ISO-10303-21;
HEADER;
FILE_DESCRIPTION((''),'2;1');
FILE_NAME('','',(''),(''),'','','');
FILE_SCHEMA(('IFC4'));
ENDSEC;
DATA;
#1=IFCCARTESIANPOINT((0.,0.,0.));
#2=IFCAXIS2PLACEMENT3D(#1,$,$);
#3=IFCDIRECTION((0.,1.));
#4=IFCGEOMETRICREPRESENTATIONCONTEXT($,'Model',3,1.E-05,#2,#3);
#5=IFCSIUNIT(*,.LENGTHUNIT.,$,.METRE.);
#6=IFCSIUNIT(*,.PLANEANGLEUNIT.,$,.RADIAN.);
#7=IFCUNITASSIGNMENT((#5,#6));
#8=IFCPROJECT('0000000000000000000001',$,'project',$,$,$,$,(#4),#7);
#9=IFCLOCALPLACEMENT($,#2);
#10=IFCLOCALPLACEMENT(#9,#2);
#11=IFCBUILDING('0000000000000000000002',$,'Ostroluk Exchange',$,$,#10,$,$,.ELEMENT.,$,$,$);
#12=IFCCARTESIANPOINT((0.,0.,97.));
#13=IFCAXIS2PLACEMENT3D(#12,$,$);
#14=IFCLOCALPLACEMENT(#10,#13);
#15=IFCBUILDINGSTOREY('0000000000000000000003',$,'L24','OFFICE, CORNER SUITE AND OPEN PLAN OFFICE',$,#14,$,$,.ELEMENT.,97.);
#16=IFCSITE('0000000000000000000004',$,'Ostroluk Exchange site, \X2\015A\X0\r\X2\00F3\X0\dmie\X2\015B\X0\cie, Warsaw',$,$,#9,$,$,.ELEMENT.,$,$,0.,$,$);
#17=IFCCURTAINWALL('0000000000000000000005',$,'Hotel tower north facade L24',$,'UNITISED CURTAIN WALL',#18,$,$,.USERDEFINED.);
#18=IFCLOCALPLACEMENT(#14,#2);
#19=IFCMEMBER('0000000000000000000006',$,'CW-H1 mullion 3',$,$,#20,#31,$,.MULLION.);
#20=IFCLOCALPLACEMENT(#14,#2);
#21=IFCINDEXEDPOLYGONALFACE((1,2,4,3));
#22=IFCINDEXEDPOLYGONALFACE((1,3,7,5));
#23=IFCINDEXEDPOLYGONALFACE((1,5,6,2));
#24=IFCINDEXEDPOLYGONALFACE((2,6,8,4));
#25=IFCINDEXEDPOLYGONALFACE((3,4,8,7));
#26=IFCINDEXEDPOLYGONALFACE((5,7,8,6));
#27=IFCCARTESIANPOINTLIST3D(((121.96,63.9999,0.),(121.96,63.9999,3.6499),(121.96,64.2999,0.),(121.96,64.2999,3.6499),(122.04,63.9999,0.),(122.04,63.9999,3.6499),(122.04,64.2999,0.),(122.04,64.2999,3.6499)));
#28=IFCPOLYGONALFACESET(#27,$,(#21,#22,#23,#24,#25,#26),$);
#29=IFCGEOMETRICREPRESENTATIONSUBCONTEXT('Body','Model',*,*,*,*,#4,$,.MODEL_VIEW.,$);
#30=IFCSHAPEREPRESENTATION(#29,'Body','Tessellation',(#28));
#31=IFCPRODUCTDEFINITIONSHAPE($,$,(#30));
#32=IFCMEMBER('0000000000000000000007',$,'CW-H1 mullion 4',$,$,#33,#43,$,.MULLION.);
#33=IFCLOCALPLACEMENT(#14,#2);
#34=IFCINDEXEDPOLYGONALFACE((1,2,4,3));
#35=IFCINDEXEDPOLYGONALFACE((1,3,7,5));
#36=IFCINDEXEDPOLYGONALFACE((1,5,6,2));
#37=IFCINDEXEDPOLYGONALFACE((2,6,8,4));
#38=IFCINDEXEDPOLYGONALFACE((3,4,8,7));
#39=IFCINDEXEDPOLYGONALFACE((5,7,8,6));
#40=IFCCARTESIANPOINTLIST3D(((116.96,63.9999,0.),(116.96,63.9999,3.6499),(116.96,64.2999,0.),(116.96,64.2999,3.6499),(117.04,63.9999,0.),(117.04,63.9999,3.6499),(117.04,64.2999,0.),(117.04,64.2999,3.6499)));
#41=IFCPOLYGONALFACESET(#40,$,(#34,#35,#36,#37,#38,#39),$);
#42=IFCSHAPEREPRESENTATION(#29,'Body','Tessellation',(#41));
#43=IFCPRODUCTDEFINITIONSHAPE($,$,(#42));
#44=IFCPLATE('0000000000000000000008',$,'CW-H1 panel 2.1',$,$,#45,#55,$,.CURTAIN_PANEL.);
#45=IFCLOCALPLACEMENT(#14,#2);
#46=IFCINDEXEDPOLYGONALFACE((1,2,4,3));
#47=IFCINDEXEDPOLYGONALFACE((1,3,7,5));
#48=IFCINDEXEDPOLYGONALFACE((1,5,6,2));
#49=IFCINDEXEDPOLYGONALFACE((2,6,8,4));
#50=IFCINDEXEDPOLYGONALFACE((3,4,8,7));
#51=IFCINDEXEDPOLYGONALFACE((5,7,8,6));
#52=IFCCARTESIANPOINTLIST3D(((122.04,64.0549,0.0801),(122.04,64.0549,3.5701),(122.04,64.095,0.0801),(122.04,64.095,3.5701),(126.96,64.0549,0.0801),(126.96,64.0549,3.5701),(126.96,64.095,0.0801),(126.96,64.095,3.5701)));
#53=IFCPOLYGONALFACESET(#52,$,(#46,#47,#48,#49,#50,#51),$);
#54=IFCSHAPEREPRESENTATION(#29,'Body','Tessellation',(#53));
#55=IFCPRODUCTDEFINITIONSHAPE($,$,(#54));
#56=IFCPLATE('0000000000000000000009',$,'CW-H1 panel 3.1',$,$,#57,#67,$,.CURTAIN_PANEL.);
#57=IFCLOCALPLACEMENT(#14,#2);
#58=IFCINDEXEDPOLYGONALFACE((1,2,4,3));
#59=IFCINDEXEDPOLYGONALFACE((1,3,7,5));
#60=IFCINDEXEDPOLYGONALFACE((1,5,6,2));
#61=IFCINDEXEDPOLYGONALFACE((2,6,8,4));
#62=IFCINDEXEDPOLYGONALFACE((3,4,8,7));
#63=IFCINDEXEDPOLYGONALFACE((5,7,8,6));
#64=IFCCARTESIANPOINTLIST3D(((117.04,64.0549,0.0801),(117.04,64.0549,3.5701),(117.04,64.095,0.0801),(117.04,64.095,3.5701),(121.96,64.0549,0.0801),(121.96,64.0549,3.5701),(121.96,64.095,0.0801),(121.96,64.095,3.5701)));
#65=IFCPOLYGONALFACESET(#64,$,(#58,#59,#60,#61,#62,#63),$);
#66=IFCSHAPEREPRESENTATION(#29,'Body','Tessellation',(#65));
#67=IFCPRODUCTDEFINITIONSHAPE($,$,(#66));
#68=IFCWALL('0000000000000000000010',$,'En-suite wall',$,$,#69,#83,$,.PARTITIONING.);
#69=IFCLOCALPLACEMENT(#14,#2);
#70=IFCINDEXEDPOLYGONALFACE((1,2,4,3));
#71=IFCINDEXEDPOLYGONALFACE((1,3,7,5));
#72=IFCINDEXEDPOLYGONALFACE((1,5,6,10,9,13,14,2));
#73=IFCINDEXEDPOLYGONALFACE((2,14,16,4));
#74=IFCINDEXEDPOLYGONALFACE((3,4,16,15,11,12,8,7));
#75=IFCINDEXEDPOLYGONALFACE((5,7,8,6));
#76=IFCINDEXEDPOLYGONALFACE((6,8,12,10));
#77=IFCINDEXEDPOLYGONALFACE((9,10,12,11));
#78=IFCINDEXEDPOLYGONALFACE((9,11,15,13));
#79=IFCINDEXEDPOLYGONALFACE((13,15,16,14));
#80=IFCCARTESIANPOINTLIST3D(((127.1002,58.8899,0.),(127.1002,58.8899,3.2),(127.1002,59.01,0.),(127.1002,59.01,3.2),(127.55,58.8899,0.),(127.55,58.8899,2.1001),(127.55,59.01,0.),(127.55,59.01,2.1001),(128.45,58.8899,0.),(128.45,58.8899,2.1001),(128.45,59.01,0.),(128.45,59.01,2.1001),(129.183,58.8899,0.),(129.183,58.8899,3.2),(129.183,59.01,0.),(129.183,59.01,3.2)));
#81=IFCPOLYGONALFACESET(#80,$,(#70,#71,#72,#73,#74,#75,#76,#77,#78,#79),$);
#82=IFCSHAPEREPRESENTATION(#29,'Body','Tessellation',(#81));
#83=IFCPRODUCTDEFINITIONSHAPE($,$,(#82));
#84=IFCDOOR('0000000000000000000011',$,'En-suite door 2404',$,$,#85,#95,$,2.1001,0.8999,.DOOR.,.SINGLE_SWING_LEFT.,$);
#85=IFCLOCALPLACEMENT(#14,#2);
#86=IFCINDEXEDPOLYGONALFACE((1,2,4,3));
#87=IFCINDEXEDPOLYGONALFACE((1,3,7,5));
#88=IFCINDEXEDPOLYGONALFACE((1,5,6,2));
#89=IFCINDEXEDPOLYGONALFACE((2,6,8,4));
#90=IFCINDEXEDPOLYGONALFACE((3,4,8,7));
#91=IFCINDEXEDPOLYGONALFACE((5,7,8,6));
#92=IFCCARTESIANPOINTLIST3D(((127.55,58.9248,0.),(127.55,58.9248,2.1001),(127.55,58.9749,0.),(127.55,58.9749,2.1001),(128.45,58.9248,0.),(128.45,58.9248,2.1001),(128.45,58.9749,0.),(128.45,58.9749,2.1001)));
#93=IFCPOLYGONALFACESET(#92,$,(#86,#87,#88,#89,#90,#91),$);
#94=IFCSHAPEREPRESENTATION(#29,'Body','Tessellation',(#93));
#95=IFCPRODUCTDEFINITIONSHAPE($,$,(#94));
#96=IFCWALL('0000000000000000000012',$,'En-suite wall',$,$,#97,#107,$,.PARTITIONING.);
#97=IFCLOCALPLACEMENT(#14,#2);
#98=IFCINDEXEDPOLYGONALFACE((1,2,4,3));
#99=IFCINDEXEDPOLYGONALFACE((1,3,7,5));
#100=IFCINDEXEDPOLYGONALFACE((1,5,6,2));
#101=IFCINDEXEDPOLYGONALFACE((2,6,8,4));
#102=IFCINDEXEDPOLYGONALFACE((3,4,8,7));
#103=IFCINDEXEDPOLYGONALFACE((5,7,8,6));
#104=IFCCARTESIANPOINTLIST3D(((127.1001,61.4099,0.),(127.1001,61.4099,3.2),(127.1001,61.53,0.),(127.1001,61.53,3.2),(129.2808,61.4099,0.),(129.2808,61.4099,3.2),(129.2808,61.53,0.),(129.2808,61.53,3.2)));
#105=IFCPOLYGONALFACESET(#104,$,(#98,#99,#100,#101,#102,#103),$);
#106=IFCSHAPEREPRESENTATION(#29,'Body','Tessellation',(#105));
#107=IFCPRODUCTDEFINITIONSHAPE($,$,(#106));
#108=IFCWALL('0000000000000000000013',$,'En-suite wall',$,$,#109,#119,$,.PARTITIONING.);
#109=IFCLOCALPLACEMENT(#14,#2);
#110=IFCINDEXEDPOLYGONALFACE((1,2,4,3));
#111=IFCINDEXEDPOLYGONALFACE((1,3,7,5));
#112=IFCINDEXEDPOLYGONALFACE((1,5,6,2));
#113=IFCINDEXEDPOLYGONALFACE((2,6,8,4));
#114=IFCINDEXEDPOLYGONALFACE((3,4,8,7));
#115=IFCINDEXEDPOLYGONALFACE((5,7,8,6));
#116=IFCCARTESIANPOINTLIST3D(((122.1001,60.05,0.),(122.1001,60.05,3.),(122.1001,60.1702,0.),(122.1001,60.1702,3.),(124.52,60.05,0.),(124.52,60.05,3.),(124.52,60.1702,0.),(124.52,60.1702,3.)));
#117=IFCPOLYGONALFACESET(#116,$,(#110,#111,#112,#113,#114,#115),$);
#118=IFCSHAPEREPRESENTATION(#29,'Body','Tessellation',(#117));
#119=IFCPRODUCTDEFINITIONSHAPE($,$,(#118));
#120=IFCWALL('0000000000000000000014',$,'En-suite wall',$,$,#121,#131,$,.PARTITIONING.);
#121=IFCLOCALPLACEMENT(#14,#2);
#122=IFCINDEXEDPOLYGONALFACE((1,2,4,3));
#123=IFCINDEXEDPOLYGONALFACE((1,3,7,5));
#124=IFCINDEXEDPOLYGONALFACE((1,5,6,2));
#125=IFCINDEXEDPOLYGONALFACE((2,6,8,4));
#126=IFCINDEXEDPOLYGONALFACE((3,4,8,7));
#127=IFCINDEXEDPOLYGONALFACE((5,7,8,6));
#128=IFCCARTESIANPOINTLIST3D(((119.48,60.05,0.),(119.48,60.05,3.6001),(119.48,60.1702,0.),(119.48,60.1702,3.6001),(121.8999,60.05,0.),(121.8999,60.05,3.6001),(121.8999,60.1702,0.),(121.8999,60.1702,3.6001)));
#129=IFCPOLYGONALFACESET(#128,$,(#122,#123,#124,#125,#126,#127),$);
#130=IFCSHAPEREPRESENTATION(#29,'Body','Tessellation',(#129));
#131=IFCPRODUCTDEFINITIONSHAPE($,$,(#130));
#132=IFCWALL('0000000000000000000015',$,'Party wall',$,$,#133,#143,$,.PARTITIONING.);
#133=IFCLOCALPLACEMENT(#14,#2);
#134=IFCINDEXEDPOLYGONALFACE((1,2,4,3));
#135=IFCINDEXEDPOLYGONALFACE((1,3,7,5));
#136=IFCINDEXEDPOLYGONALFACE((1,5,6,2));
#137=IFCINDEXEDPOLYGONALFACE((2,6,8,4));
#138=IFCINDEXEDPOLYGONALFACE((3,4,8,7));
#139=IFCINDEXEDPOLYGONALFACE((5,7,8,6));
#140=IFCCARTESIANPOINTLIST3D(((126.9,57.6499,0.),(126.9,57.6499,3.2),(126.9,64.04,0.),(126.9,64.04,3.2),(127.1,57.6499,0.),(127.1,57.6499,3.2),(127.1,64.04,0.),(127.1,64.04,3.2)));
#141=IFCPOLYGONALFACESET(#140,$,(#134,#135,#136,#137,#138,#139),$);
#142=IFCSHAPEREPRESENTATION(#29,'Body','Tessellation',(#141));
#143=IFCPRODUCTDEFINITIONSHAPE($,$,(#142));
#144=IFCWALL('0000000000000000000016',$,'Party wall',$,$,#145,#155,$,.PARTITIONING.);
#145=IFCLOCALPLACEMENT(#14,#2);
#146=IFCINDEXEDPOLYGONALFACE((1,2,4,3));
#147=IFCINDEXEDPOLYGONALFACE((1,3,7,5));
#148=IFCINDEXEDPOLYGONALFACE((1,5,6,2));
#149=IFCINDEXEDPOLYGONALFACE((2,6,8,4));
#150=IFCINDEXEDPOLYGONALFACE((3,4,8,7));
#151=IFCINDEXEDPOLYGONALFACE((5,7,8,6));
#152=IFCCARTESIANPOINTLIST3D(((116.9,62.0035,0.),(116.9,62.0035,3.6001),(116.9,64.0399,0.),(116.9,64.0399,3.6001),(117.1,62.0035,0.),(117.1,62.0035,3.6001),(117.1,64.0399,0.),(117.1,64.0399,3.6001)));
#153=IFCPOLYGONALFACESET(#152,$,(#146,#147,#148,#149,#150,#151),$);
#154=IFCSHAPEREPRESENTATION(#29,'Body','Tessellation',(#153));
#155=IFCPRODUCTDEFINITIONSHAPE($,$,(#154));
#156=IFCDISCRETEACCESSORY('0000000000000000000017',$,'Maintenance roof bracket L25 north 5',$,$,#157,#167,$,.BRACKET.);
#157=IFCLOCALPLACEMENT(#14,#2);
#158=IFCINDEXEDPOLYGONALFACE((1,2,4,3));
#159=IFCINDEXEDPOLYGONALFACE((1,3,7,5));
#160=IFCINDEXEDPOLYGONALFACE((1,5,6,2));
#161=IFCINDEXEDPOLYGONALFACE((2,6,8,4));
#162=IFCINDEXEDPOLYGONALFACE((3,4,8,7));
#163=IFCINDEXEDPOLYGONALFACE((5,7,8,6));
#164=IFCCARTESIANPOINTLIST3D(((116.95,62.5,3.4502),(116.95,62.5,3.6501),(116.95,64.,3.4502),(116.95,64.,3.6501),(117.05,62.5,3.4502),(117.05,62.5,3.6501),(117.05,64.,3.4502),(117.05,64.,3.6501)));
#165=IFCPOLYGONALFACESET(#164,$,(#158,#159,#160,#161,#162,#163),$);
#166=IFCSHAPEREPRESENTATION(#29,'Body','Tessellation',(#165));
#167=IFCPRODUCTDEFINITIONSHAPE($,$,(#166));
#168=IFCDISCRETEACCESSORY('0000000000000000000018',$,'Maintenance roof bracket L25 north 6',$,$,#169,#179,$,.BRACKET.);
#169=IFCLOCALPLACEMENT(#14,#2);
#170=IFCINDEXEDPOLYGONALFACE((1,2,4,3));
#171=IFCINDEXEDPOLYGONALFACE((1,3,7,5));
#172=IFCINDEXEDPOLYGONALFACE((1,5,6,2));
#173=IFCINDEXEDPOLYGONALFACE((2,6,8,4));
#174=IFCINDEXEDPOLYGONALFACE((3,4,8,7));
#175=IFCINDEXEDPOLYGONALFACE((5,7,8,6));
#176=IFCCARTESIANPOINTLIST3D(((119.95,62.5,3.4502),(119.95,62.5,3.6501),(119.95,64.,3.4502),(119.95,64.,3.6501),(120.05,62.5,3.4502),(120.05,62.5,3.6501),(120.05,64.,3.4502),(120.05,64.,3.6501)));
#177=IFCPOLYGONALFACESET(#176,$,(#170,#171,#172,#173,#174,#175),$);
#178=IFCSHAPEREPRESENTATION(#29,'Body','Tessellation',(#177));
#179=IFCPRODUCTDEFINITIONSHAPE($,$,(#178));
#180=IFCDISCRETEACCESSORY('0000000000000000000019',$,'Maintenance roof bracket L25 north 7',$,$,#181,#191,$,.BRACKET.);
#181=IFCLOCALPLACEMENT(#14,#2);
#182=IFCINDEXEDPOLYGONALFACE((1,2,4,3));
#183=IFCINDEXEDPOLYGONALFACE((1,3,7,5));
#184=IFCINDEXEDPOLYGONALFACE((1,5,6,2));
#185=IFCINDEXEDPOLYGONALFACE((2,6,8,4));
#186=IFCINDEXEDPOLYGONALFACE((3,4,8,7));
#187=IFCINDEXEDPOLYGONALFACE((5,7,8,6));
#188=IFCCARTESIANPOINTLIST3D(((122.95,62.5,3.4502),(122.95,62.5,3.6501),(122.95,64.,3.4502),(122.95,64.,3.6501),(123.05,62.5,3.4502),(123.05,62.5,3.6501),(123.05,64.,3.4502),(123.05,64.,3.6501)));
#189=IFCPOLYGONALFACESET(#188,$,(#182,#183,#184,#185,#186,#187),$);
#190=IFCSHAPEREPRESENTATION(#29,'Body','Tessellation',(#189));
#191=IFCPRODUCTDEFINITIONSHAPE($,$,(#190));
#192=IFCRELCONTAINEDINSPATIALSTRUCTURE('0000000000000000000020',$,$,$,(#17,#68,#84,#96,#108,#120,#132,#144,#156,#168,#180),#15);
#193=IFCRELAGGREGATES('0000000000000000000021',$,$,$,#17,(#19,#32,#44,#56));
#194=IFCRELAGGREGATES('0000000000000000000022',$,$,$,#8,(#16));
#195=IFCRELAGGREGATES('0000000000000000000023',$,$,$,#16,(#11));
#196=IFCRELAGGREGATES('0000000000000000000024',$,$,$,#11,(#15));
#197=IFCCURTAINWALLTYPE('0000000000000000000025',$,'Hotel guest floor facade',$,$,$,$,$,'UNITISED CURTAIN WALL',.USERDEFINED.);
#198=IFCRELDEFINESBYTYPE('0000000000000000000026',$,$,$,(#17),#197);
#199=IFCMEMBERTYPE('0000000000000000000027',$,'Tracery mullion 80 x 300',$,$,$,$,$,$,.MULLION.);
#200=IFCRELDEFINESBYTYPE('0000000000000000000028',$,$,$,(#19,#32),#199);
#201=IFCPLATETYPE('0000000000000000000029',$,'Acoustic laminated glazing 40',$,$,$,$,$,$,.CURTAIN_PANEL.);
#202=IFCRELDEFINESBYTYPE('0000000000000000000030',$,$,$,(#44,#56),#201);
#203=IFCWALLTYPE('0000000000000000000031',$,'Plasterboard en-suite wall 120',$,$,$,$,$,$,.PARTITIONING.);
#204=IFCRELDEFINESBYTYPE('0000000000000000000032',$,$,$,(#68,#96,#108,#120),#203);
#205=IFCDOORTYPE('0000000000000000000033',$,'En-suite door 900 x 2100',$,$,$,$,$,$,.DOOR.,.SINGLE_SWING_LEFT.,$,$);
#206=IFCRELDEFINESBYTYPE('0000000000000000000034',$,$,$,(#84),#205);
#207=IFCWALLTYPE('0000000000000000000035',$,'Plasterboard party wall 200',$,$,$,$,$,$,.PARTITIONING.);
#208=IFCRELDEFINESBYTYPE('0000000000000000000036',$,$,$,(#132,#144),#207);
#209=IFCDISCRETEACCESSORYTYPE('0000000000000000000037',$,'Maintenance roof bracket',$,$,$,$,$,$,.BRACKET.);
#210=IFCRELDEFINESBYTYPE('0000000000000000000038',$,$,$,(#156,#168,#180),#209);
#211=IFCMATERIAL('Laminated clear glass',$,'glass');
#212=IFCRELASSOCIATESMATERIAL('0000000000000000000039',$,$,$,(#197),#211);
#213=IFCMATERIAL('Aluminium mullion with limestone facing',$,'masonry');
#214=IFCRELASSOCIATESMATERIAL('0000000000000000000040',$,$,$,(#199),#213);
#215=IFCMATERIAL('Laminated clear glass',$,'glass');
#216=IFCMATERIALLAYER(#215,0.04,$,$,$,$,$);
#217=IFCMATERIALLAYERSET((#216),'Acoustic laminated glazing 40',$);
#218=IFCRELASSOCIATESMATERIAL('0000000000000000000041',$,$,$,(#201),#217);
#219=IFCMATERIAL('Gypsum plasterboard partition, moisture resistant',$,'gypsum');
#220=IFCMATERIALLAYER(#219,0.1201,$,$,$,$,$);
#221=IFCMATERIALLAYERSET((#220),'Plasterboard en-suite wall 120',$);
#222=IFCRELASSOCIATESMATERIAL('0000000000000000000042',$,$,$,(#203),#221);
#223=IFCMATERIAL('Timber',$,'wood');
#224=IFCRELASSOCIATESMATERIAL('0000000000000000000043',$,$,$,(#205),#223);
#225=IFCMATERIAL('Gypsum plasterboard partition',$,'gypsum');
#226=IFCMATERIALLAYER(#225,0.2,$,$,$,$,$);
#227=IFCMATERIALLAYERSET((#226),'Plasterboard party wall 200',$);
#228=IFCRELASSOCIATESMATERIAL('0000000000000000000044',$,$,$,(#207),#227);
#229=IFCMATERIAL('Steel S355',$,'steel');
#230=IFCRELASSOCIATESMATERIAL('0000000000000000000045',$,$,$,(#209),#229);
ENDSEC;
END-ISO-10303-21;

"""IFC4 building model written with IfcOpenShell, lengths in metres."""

from ifc_helpers import new_model, si_unit, direction, frame, frame_2d, origin, origin_2d, place, context, subcontext, project, spatial, rectangle, extrude, material, layer, layer_set, material_profile, profile_set, type_object, element, fill, aggregate, save


model = new_model("IFC4")

# Units and contexts
model_context = context("Model", 3, precision=1e-05, world=origin(), true_north=direction((0.0, 1.0)))
body_context = subcontext(model_context, "Body", "Model", "MODEL_VIEW")
ifc_project = project(units=[si_unit("LENGTHUNIT", "METRE"), si_unit("PLANEANGLEUNIT", "RADIAN")], contexts=[model_context])

# Site, building, storey
site_placement = place(None, origin())
site = spatial("IfcSite", under=ifc_project, at=site_placement, Name="Ostroluk Exchange site, Śródmieście, Warsaw", CompositionType="ELEMENT", RefElevation=0.0)
building_placement = place(site_placement, origin())
building = spatial("IfcBuilding", under=site, at=building_placement, Name="Ostroluk Exchange", CompositionType="ELEMENT")
storey_placement = place(building_placement, frame((0.0, 0.0, 97.0)))
storey = spatial("IfcBuildingStorey", under=building, at=storey_placement, Name="L24", Description="OFFICE, CORNER SUITE AND OPEN PLAN OFFICE", CompositionType="ELEMENT", Elevation=97.0)

# Curtain wall, members, plates
ifc_material_1 = material(Name="Laminated clear glass", Category="glass")
curtain_wall_type = type_object("IfcCurtainWallType", Name="Hotel guest floor facade", ElementType="UNITISED CURTAIN WALL", PredefinedType="USERDEFINED", material=ifc_material_1)
curtain_wall_placement = place(storey_placement, origin())
curtain_wall = element("IfcCurtainWall", 1, at=curtain_wall_placement, inside=storey, type_object=curtain_wall_type, Name="Hotel tower north facade L24", ObjectType="UNITISED CURTAIN WALL", PredefinedType="USERDEFINED")
ifc_material_2 = material(Name="Aluminium mullion with limestone facing", Category="masonry")
ifc_material_profile_1 = material_profile(ifc_material_2, rectangle(XDim=0.3, YDim=0.0801, at=origin_2d()), Name="Tracery mullion 80 x 300")
ifc_profile_set_1 = profile_set([ifc_material_profile_1], Name="Aluminium mullion with limestone facing")
member_type_1 = type_object("IfcMemberType", Name="Tracery mullion 80 x 300", PredefinedType="MULLION", material=ifc_profile_set_1)
member_1_placement = place(storey_placement, frame((122.0, 64.1499, 0.0), z_axis=(0.0, 0.0, 1.0), x_axis=(0.0, -1.0, 0.0)))
member_1 = element("IfcMember", 2, at=member_1_placement, type_object=member_type_1, Name="CW-H1 mullion 3", PredefinedType="MULLION", context=body_context, shape_type="SweptSolid", body=[
    extrude(rectangle(XDim=0.3, YDim=0.0801, at=origin_2d()), origin(), (0.0, 0.0, 1.0), 3.6499),
])
member_2_placement = place(storey_placement, frame((117.0, 64.1499, 0.0), z_axis=(0.0, 0.0, 1.0), x_axis=(0.0, -1.0, 0.0)))
member_2 = element("IfcMember", 3, at=member_2_placement, type_object=member_type_1, Name="CW-H1 mullion 4", PredefinedType="MULLION", context=body_context, shape_type="SweptSolid", body=[
    extrude(rectangle(XDim=0.3, YDim=0.0801, at=origin_2d()), origin(), (0.0, 0.0, 1.0), 3.6499),
])
ifc_material_3 = material(Name="Laminated clear glass", Category="glass")
ifc_layer_1 = layer(ifc_material_3, 0.04)
ifc_layer_set_1 = layer_set([ifc_layer_1], Name="Acoustic laminated glazing 40")
plate_type = type_object("IfcPlateType", Name="Acoustic laminated glazing 40", PredefinedType="CURTAIN_PANEL", material=ifc_layer_set_1)
plate_1_placement = place(storey_placement, frame((124.5, 64.075, 0.0801), z_axis=(0.0, 0.0, 1.0), x_axis=(-1.0, 0.0, 0.0)))
plate_1 = element("IfcPlate", 4, at=plate_1_placement, type_object=plate_type, Name="CW-H1 panel 2.1", PredefinedType="CURTAIN_PANEL", context=body_context, shape_type="SweptSolid", body=[
    extrude(rectangle(XDim=4.9199, YDim=0.04, at=origin_2d()), origin(), (0.0, 0.0, 1.0), 3.49),
])
plate_2_placement = place(storey_placement, frame((119.5, 64.075, 0.0801), z_axis=(0.0, 0.0, 1.0), x_axis=(-1.0, 0.0, 0.0)))
plate_2 = element("IfcPlate", 5, at=plate_2_placement, type_object=plate_type, Name="CW-H1 panel 3.1", PredefinedType="CURTAIN_PANEL", context=body_context, shape_type="SweptSolid", body=[
    extrude(rectangle(XDim=4.9199, YDim=0.04, at=origin_2d()), origin(), (0.0, 0.0, 1.0), 3.49),
])
aggregate(curtain_wall, [member_1, member_2, plate_1, plate_2])

# Wall, opening, door
ifc_material_4 = material(Name="Gypsum plasterboard partition, moisture resistant", Category="gypsum")
ifc_layer_2 = layer(ifc_material_4, 0.1201)
ifc_layer_set_2 = layer_set([ifc_layer_2], Name="Plasterboard en-suite wall 120")
wall_type_1 = type_object("IfcWallType", Name="Plasterboard en-suite wall 120", PredefinedType="PARTITIONING", material=ifc_layer_set_2)
wall_1_placement = place(storey_placement, frame((127.1001, 58.95, 0.0), z_axis=(0.0, 0.0, 1.0), x_axis=(1.0, 0.0, 0.0)))
wall_1 = element("IfcWall", 6, at=wall_1_placement, inside=storey, type_object=wall_type_1, Name="En-suite wall", PredefinedType="PARTITIONING", context=body_context, shape_type="SweptSolid", body=[
    extrude(rectangle(XDim=2.0828, YDim=0.1201, at=frame_2d((1.0415, 0.0))), origin(), (0.0, 0.0, 1.0), 3.2),
])
opening_placement = place(wall_1_placement, frame((0.45, 0.0, 0.0)))
opening = element("IfcOpeningElement", 7, at=opening_placement, cuts=wall_1, PredefinedType="OPENING", context=body_context, shape_type="SweptSolid", body=[
    extrude(rectangle(XDim=0.8999, YDim=2.1001, at=frame_2d((0.45, 1.05))), frame((0.0, 0.0701, 0.0), z_axis=(0.0, -1.0, 0.0), x_axis=(1.0, 0.0, 0.0)), (0.0, 0.0, 1.0), 0.1401),
])
ifc_material_5 = material(Name="Timber", Category="wood")
door_type = type_object("IfcDoorType", Name="En-suite door 900 x 2100", OperationType="SINGLE_SWING_LEFT", PredefinedType="DOOR", material=ifc_material_5)
door_placement = place(opening_placement, origin())
door = element("IfcDoor", 8, at=door_placement, inside=storey, type_object=door_type, Name="En-suite door 2404", OperationType="SINGLE_SWING_LEFT", OverallHeight=2.1001, OverallWidth=0.8999, PredefinedType="DOOR", context=body_context, shape_type="SweptSolid", body=[
    extrude(rectangle(XDim=0.8999, YDim=2.1001, at=frame_2d((0.45, 1.05))), frame((0.0, 0.0249, 0.0), z_axis=(0.0, -1.0, 0.0), x_axis=(1.0, 0.0, 0.0)), (0.0, 0.0, 1.0), 0.05),
])
fill(opening, door)

# Walls
wall_2_placement = place(storey_placement, frame((127.1001, 61.47, 0.0), z_axis=(0.0, 0.0, 1.0), x_axis=(1.0, 0.0, 0.0)))
element("IfcWall", 9, at=wall_2_placement, inside=storey, type_object=wall_type_1, Name="En-suite wall", PredefinedType="PARTITIONING", context=body_context, shape_type="SweptSolid", body=[
    extrude(rectangle(XDim=2.1807, YDim=0.1201, at=frame_2d((1.0903, 0.0))), origin(), (0.0, 0.0, 1.0), 3.2),
])
wall_3_placement = place(storey_placement, frame((124.52, 60.1101, 0.0), z_axis=(0.0, 0.0, 1.0), x_axis=(-1.0, 0.0, 0.0)))
element("IfcWall", 10, at=wall_3_placement, inside=storey, type_object=wall_type_1, Name="En-suite wall", PredefinedType="PARTITIONING", context=body_context, shape_type="SweptSolid", body=[
    extrude(rectangle(XDim=2.4199, YDim=0.1201, at=frame_2d((1.21, 0.0))), origin(), (0.0, 0.0, 1.0), 3.0),
])
wall_4_placement = place(storey_placement, frame((121.8999, 60.1101, 0.0), z_axis=(0.0, 0.0, 1.0), x_axis=(-1.0, 0.0, 0.0)))
element("IfcWall", 11, at=wall_4_placement, inside=storey, type_object=wall_type_1, Name="En-suite wall", PredefinedType="PARTITIONING", context=body_context, shape_type="SweptSolid", body=[
    extrude(rectangle(XDim=2.4199, YDim=0.1201, at=frame_2d((1.21, 0.0))), origin(), (0.0, 0.0, 1.0), 3.6001),
])
ifc_material_6 = material(Name="Gypsum plasterboard partition", Category="gypsum")
ifc_layer_3 = layer(ifc_material_6, 0.2)
ifc_layer_set_3 = layer_set([ifc_layer_3], Name="Plasterboard party wall 200")
wall_type_2 = type_object("IfcWallType", Name="Plasterboard party wall 200", PredefinedType="PARTITIONING", material=ifc_layer_set_3)
wall_5_placement = place(storey_placement, frame((127.0, 57.6499, 0.0), z_axis=(0.0, 0.0, 1.0), x_axis=(0.0, 1.0, 0.0)))
element("IfcWall", 12, at=wall_5_placement, inside=storey, type_object=wall_type_2, Name="Party wall", PredefinedType="PARTITIONING", context=body_context, shape_type="SweptSolid", body=[
    extrude(rectangle(XDim=6.3901, YDim=0.2, at=frame_2d((3.1951, 0.0))), origin(), (0.0, 0.0, 1.0), 3.2),
])
wall_6_placement = place(storey_placement, frame((117.0, 62.0037, 0.0), z_axis=(0.0, 0.0, 1.0), x_axis=(0.0, 1.0, 0.0)))
element("IfcWall", 13, at=wall_6_placement, inside=storey, type_object=wall_type_2, Name="Party wall", PredefinedType="PARTITIONING", context=body_context, shape_type="SweptSolid", body=[
    extrude(rectangle(XDim=2.0364, YDim=0.2, at=frame_2d((1.0181, 0.0))), origin(), (0.0, 0.0, 1.0), 3.6001),
])

# Discrete accessories
ifc_material_7 = material(Name="Steel S355", Category="steel")
discrete_accessory_type = type_object("IfcDiscreteAccessoryType", Name="Maintenance roof bracket", PredefinedType="BRACKET", material=ifc_material_7)
for number, where, z_axis, x_axis, name in (
    (14, (117.0, 63.25, 3.4502), (0.0, 0.0, 1.0), (1.0, 0.0, 0.0), "Maintenance roof bracket L25 north 5"),
    (15, (120.0, 63.25, 3.4502), (0.0, 0.0, 1.0), (1.0, 0.0, 0.0), "Maintenance roof bracket L25 north 6"),
    (16, (123.0, 63.25, 3.4502), (0.0, 0.0, 1.0), (1.0, 0.0, 0.0), "Maintenance roof bracket L25 north 7"),
):
    element("IfcDiscreteAccessory", number, at=place(storey_placement, frame(where, z_axis=z_axis, x_axis=x_axis)), inside=storey, type_object=discrete_accessory_type, Name=name, PredefinedType="BRACKET", context=body_context, shape_type="SweptSolid", body=[
        extrude(rectangle(XDim=0.1001, YDim=1.5, at=origin_2d()), origin(), (0.0, 0.0, 1.0), 0.2),
    ])

save(model, "model.ifc")
